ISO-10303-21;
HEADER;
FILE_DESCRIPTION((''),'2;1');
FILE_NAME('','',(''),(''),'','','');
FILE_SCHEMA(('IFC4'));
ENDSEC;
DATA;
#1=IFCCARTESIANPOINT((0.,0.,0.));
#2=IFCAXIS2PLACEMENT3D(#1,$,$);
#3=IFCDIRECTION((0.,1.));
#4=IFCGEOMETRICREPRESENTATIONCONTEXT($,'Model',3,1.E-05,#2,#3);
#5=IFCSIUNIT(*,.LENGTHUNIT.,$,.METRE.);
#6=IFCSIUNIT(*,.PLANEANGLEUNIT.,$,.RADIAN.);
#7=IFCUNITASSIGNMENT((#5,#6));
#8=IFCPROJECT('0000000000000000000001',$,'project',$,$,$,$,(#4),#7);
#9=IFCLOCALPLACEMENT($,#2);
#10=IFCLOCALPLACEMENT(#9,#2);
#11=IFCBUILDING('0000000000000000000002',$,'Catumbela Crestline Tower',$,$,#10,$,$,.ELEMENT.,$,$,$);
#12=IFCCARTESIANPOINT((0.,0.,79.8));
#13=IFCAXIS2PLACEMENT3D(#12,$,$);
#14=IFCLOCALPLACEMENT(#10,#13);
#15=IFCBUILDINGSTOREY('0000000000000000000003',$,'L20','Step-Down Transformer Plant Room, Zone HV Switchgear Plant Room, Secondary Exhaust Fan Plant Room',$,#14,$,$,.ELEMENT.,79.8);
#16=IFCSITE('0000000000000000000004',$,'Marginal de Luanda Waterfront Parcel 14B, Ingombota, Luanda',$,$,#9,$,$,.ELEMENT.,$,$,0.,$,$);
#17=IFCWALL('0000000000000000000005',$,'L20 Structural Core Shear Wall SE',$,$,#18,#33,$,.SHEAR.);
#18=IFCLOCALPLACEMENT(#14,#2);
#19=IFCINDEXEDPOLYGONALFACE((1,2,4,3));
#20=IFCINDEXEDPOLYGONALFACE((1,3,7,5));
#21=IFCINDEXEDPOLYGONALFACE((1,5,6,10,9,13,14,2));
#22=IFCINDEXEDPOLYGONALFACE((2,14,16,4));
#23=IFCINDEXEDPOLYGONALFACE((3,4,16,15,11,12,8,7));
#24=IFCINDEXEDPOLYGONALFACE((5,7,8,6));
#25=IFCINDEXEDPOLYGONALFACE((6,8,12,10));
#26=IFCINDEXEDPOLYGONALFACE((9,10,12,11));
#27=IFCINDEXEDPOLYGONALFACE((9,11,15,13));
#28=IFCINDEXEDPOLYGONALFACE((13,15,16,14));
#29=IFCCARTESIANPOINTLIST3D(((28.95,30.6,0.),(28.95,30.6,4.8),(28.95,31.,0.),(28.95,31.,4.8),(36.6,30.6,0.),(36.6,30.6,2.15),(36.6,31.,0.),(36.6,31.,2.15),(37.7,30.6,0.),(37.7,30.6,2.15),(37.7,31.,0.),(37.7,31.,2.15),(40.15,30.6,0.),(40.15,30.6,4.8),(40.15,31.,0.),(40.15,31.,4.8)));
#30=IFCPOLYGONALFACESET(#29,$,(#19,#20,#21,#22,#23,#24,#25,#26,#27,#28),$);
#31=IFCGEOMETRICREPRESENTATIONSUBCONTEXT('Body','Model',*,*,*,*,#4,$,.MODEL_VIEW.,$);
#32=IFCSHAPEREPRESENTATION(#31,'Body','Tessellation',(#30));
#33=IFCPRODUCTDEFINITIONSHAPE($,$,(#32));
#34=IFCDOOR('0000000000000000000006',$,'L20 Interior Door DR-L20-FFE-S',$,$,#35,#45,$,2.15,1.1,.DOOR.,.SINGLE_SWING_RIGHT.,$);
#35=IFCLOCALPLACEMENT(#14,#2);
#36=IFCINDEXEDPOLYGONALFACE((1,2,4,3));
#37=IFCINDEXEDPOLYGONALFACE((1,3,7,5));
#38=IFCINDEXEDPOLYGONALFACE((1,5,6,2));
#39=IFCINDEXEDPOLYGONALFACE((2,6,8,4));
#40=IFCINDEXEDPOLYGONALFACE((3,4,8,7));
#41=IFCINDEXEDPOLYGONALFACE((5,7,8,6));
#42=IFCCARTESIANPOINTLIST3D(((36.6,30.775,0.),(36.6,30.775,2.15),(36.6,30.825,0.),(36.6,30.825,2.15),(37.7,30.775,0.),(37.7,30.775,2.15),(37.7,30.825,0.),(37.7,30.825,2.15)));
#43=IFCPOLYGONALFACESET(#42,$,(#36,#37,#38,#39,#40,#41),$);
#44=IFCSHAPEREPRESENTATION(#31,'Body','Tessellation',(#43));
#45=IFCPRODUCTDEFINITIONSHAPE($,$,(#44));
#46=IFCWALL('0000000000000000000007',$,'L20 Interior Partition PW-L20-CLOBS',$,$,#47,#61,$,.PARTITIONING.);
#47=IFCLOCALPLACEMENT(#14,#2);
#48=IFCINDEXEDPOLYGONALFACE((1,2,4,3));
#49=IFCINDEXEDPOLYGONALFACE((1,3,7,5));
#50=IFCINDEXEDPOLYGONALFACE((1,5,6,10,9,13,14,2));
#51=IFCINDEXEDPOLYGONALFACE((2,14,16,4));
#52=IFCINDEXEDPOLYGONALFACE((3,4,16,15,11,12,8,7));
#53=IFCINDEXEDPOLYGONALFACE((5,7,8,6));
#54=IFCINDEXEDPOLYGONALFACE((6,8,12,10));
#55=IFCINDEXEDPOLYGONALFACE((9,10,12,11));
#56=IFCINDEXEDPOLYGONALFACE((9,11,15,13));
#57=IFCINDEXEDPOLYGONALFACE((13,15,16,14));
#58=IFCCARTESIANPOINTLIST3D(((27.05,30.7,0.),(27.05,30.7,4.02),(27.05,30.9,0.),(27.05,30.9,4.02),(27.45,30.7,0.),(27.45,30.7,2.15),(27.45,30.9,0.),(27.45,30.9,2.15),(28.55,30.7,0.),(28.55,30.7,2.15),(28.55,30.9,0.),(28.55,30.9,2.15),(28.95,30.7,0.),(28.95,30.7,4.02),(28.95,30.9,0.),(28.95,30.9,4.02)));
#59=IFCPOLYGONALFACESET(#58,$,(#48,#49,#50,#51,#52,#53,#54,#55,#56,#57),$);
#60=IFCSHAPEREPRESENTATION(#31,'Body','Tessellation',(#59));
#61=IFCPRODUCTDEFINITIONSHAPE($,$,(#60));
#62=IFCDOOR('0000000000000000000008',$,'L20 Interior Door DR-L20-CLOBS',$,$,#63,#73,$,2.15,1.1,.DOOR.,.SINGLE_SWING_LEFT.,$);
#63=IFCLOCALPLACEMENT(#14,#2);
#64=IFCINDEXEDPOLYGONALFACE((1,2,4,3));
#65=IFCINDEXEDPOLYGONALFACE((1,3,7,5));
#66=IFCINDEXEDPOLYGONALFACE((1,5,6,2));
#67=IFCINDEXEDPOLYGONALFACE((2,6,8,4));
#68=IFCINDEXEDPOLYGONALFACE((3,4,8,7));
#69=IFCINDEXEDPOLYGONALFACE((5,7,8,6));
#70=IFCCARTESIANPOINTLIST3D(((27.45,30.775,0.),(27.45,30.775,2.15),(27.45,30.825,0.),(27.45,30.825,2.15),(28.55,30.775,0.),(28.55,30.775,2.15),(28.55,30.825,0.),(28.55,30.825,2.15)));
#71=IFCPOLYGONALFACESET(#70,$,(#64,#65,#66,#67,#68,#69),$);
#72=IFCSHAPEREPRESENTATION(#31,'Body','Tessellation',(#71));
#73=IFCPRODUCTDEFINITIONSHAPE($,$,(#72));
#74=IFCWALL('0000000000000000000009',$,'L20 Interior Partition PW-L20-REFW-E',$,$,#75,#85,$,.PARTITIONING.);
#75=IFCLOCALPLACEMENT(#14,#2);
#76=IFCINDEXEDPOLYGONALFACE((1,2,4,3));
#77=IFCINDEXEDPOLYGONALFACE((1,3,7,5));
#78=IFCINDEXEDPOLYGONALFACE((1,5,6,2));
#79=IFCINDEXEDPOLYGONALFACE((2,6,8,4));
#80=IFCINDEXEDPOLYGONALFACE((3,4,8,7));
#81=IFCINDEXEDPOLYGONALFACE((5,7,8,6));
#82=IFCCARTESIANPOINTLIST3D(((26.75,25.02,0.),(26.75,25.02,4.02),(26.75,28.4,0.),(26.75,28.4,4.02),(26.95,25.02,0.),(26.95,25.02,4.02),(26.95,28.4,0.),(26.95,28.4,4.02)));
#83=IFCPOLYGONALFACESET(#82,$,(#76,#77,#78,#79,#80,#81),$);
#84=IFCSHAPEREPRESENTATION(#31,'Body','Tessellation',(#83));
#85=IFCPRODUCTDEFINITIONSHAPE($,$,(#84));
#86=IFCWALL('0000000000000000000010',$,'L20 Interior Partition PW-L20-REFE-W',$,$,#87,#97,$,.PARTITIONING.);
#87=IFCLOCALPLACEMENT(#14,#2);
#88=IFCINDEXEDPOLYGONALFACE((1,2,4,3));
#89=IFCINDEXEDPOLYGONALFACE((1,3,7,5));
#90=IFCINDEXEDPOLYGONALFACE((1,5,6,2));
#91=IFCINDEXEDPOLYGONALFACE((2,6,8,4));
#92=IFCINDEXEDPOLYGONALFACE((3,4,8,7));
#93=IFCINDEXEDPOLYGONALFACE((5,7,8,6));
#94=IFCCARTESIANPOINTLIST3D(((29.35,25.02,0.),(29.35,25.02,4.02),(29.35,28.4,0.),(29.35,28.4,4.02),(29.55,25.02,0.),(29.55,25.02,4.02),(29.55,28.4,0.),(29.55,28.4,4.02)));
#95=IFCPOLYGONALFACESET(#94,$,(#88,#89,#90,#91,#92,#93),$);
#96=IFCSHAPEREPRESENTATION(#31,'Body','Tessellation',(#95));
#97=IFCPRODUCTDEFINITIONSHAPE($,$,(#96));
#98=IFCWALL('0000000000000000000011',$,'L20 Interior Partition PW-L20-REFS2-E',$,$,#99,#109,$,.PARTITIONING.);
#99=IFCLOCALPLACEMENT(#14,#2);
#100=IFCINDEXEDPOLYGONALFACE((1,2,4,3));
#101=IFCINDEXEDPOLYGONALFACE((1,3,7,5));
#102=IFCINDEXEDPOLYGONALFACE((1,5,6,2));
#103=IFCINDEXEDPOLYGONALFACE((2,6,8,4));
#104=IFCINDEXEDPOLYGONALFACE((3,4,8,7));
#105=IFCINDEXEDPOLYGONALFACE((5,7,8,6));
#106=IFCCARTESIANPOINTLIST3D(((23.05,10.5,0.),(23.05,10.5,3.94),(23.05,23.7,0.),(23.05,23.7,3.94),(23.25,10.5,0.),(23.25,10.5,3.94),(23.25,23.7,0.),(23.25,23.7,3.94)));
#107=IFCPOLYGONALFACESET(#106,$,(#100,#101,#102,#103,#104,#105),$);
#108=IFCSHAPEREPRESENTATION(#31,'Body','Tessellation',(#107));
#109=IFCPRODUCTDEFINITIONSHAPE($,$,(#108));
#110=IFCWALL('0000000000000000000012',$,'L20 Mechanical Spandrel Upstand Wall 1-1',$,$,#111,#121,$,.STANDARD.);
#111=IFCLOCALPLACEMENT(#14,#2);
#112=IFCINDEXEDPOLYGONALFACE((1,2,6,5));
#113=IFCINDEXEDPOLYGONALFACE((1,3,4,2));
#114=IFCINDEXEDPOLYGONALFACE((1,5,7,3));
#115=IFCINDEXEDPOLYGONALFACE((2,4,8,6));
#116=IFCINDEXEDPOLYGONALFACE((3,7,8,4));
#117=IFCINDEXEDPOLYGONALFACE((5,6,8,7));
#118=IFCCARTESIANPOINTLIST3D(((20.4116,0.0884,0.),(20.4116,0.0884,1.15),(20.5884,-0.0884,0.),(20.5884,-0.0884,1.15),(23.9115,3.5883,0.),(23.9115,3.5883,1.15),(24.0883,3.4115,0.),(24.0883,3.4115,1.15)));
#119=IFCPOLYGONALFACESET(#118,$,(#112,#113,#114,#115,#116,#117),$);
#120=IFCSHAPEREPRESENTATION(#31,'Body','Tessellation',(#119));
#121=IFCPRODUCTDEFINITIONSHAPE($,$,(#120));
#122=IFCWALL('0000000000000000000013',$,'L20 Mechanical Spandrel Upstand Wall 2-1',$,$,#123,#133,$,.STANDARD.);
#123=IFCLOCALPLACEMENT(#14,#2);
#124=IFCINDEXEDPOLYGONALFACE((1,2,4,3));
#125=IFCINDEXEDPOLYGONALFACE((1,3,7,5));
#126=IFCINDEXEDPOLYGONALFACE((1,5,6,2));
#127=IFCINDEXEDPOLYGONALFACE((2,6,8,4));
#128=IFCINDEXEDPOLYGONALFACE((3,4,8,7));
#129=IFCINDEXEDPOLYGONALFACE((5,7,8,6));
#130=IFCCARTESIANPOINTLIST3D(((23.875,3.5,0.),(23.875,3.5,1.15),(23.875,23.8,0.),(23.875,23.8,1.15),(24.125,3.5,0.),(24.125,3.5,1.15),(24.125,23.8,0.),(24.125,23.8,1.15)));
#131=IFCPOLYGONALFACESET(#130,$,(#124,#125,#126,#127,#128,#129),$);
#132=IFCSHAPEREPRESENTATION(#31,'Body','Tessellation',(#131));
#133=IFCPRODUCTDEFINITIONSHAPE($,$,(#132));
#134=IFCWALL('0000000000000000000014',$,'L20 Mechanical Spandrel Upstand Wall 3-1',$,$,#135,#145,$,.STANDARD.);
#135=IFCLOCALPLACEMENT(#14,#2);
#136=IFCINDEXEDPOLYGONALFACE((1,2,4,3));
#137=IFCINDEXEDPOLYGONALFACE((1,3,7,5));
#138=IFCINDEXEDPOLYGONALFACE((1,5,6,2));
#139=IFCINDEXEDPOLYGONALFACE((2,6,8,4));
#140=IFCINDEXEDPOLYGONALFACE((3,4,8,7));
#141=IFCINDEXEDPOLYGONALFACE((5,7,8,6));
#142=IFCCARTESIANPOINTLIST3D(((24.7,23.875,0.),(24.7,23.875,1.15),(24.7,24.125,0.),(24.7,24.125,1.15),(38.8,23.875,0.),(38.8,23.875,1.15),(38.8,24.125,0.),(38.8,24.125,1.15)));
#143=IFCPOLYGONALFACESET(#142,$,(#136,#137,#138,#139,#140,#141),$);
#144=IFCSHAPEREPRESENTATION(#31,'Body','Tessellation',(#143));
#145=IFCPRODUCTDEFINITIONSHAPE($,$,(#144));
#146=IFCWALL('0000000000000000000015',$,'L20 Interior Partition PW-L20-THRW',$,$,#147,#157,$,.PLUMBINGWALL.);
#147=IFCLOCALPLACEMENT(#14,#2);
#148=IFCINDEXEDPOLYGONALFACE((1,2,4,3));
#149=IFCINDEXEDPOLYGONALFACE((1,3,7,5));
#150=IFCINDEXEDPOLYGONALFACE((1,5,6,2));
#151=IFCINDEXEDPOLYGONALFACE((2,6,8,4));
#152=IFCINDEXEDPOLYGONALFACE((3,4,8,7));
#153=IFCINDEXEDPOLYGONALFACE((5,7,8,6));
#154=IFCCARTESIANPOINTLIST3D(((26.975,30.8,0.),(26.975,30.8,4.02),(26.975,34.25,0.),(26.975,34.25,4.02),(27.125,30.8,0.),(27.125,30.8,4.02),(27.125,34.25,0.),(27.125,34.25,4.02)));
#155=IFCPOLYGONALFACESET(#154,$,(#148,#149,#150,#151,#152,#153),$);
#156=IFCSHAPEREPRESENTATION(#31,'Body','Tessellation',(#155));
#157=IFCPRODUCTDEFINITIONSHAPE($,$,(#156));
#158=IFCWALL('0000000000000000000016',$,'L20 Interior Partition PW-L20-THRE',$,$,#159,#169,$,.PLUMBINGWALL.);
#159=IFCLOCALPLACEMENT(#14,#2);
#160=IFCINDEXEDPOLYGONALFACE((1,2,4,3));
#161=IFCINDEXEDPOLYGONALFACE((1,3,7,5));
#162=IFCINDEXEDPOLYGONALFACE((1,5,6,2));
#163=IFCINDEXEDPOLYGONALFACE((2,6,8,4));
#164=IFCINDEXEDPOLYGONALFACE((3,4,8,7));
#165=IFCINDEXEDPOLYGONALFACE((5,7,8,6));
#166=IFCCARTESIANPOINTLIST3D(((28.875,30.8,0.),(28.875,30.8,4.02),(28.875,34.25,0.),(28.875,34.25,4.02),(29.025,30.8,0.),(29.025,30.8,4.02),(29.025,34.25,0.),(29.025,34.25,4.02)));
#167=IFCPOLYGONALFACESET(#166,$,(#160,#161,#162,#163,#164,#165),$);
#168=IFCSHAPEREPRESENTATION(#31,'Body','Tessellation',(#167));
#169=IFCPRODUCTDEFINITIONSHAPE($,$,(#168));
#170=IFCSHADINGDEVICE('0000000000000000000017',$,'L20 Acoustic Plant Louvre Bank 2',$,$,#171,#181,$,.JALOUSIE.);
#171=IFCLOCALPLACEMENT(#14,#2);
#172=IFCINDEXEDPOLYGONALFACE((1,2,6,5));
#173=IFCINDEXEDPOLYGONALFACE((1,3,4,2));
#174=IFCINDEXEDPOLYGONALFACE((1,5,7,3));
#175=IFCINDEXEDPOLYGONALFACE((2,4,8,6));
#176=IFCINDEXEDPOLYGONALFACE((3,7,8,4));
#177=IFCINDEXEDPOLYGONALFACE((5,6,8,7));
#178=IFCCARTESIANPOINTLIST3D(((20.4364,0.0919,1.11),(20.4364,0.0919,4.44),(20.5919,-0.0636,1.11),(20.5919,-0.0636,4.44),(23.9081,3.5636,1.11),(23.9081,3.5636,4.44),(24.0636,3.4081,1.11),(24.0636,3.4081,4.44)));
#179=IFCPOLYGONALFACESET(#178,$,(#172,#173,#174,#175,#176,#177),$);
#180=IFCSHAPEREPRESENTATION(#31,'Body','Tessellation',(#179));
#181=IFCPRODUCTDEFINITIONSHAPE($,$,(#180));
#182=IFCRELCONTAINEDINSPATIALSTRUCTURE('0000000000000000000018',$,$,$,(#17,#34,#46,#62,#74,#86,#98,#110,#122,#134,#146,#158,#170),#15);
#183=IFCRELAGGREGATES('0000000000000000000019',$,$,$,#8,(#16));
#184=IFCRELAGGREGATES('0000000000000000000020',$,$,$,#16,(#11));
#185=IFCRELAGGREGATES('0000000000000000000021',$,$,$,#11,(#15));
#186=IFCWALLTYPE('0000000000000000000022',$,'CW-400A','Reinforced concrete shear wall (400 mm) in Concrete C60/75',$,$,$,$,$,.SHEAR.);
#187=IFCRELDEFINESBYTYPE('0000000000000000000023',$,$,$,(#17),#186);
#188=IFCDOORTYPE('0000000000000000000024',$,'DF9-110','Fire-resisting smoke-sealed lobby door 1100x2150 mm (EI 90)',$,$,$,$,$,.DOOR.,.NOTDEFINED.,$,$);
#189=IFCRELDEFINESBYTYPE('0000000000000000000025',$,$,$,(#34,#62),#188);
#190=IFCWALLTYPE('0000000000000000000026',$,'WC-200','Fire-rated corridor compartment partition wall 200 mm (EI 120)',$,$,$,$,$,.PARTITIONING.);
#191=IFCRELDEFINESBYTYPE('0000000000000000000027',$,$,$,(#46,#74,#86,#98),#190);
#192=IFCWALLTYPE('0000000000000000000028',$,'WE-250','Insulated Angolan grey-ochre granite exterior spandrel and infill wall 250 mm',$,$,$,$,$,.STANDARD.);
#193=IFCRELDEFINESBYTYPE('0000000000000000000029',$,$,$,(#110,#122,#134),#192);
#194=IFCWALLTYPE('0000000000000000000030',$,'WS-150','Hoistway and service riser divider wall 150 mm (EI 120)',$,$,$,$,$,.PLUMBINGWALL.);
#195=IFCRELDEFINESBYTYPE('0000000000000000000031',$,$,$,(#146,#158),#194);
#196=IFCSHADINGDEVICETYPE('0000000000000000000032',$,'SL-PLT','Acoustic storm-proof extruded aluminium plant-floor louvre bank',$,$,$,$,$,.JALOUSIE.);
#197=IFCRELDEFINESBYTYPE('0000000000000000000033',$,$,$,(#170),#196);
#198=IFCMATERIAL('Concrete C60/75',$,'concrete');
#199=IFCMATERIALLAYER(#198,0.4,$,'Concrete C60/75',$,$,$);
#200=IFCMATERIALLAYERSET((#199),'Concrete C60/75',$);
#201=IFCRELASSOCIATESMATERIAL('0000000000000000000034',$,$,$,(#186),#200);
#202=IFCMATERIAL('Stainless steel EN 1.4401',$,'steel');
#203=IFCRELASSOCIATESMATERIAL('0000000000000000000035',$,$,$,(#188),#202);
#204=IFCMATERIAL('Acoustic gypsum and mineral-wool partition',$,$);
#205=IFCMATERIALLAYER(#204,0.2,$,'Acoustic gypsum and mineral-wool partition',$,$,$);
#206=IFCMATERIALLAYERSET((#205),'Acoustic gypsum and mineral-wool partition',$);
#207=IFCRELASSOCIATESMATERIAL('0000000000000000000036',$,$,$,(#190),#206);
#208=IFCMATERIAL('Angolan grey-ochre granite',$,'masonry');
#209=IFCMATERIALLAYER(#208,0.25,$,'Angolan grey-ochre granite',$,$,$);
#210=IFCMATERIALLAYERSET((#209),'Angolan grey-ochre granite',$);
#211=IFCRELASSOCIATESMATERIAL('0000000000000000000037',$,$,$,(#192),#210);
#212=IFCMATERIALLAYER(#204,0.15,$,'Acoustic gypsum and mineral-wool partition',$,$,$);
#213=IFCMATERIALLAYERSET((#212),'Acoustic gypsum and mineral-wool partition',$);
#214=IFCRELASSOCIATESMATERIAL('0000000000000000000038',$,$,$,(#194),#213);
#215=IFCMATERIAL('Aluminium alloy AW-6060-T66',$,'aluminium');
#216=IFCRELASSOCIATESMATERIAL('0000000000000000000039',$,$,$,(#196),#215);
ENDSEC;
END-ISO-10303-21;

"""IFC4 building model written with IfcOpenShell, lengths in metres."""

from ifc_helpers import new_model, si_unit, direction, frame, frame_2d, origin, origin_2d, place, context, subcontext, project, spatial, rectangle, extrude, material, layer, layer_set, type_object, element, fill, save


model = new_model("IFC4")

# Units and contexts
model_context = context("Model", 3, precision=1e-05, world=origin(), true_north=direction((0.0, 1.0)))
body_context = subcontext(model_context, "Body", "Model", "MODEL_VIEW")
ifc_project = project(units=[si_unit("LENGTHUNIT", "METRE"), si_unit("PLANEANGLEUNIT", "RADIAN")], contexts=[model_context])

# Site, building, storey
site_placement = place(None, origin())
site = spatial("IfcSite", under=ifc_project, at=site_placement, Name="Marginal de Luanda Waterfront Parcel 14B, Ingombota, Luanda", CompositionType="ELEMENT", RefElevation=0.0)
building_placement = place(site_placement, origin())
building = spatial("IfcBuilding", under=site, at=building_placement, Name="Catumbela Crestline Tower", CompositionType="ELEMENT")
storey_placement = place(building_placement, frame((0.0, 0.0, 79.8)))
storey = spatial("IfcBuildingStorey", under=building, at=storey_placement, Name="L20", Description="Step-Down Transformer Plant Room, Zone HV Switchgear Plant Room, Secondary Exhaust Fan Plant Room", CompositionType="ELEMENT", Elevation=79.8)

# Shared definitions
ifc_material_1 = material(Name="Concrete C60/75", Category="concrete")

# Walls, openings, doors
ifc_layer_1 = layer(ifc_material_1, 0.4, Name="Concrete C60/75")
ifc_layer_set_1 = layer_set([ifc_layer_1], Name="Concrete C60/75")
wall_type_1 = type_object("IfcWallType", Name="CW-400A", Description="Reinforced concrete shear wall (400 mm) in Concrete C60/75", PredefinedType="SHEAR", material=ifc_layer_set_1)
wall_1_placement = place(storey_placement, frame((28.95, 30.8, 0.0), z_axis=(0.0, 0.0, 1.0), x_axis=(1.0, 0.0, 0.0)))
wall_1 = element("IfcWall", 1, at=wall_1_placement, inside=storey, type_object=wall_type_1, Name="L20 Structural Core Shear Wall SE", PredefinedType="SHEAR", context=body_context, shape_type="SweptSolid", body=[
    extrude(rectangle(XDim=11.2, YDim=0.4, at=frame_2d((5.6, 0.0))), origin(), (0.0, 0.0, 1.0), 4.8),
])
opening_1_placement = place(wall_1_placement, frame((7.65, 0.0, 0.0)))
opening_1 = element("IfcOpeningElement", 2, at=opening_1_placement, cuts=wall_1, PredefinedType="OPENING", context=body_context, shape_type="SweptSolid", body=[
    extrude(rectangle(XDim=1.1, YDim=2.15, at=frame_2d((0.55, 1.075))), frame((0.0, 0.21, 0.0), z_axis=(0.0, -1.0, 0.0), x_axis=(1.0, 0.0, 0.0)), (0.0, 0.0, 1.0), 0.42),
])
ifc_material_2 = material(Name="Stainless steel EN 1.4401", Category="steel")
door_type = type_object("IfcDoorType", Name="DF9-110", Description="Fire-resisting smoke-sealed lobby door 1100x2150 mm (EI 90)", OperationType="NOTDEFINED", PredefinedType="DOOR", material=ifc_material_2)
door_1_placement = place(opening_1_placement, origin())
door_1 = element("IfcDoor", 3, at=door_1_placement, inside=storey, type_object=door_type, Name="L20 Interior Door DR-L20-FFE-S", OperationType="SINGLE_SWING_RIGHT", OverallHeight=2.15, OverallWidth=1.1, PredefinedType="DOOR", context=body_context, shape_type="SweptSolid", body=[
    extrude(rectangle(XDim=1.1, YDim=2.15, at=frame_2d((0.55, 1.075))), frame((0.0, 0.025, 0.0), z_axis=(0.0, -1.0, 0.0), x_axis=(1.0, 0.0, 0.0)), (0.0, 0.0, 1.0), 0.05),
])
fill(opening_1, door_1)
ifc_material_3 = material(Name="Acoustic gypsum and mineral-wool partition")
ifc_layer_2 = layer(ifc_material_3, 0.2, Name="Acoustic gypsum and mineral-wool partition")
ifc_layer_set_2 = layer_set([ifc_layer_2], Name="Acoustic gypsum and mineral-wool partition")
wall_type_2 = type_object("IfcWallType", Name="WC-200", Description="Fire-rated corridor compartment partition wall 200 mm (EI 120)", PredefinedType="PARTITIONING", material=ifc_layer_set_2)
wall_2_placement = place(storey_placement, frame((27.05, 30.8, 0.0), z_axis=(0.0, 0.0, 1.0), x_axis=(1.0, 0.0, 0.0)))
wall_2 = element("IfcWall", 4, at=wall_2_placement, inside=storey, type_object=wall_type_2, Name="L20 Interior Partition PW-L20-CLOBS", PredefinedType="PARTITIONING", context=body_context, shape_type="SweptSolid", body=[
    extrude(rectangle(XDim=1.9, YDim=0.2, at=frame_2d((0.95, 0.0))), origin(), (0.0, 0.0, 1.0), 4.02),
])
opening_2_placement = place(wall_2_placement, frame((0.4, 0.0, 0.0)))
opening_2 = element("IfcOpeningElement", 5, at=opening_2_placement, cuts=wall_2, PredefinedType="OPENING", context=body_context, shape_type="SweptSolid", body=[
    extrude(rectangle(XDim=1.1, YDim=2.15, at=frame_2d((0.55, 1.075))), frame((0.0, 0.11, 0.0), z_axis=(0.0, -1.0, 0.0), x_axis=(1.0, 0.0, 0.0)), (0.0, 0.0, 1.0), 0.22),
])
door_2_placement = place(opening_2_placement, origin())
door_2 = element("IfcDoor", 6, at=door_2_placement, inside=storey, type_object=door_type, Name="L20 Interior Door DR-L20-CLOBS", OperationType="SINGLE_SWING_LEFT", OverallHeight=2.15, OverallWidth=1.1, PredefinedType="DOOR", context=body_context, shape_type="SweptSolid", body=[
    extrude(rectangle(XDim=1.1, YDim=2.15, at=frame_2d((0.55, 1.075))), frame((0.0, 0.025, 0.0), z_axis=(0.0, -1.0, 0.0), x_axis=(1.0, 0.0, 0.0)), (0.0, 0.0, 1.0), 0.05),
])
fill(opening_2, door_2)

# Walls
for number, where, z_axis, x_axis, name in (
    (7, (26.85, 25.02, 0.0), (0.0, 0.0, 1.0), (0.0, 1.0, 0.0), "L20 Interior Partition PW-L20-REFW-E"),
    (8, (29.45, 25.02, 0.0), (0.0, 0.0, 1.0), (0.0, 1.0, 0.0), "L20 Interior Partition PW-L20-REFE-W"),
):
    element("IfcWall", number, at=place(storey_placement, frame(where, z_axis=z_axis, x_axis=x_axis)), inside=storey, type_object=wall_type_2, Name=name, PredefinedType="PARTITIONING", context=body_context, shape_type="SweptSolid", body=[
        extrude(rectangle(XDim=3.38, YDim=0.2, at=frame_2d((1.69, 0.0))), origin(), (0.0, 0.0, 1.0), 4.02),
    ])
wall_3_placement = place(storey_placement, frame((23.15, 10.5, 0.0), z_axis=(0.0, 0.0, 1.0), x_axis=(0.0, 1.0, 0.0)))
element("IfcWall", 9, at=wall_3_placement, inside=storey, type_object=wall_type_2, Name="L20 Interior Partition PW-L20-REFS2-E", PredefinedType="PARTITIONING", context=body_context, shape_type="SweptSolid", body=[
    extrude(rectangle(XDim=13.2, YDim=0.2, at=frame_2d((6.6, 0.0))), origin(), (0.0, 0.0, 1.0), 3.94),
])
ifc_material_4 = material(Name="Angolan grey-ochre granite", Category="masonry")
ifc_layer_3 = layer(ifc_material_4, 0.25, Name="Angolan grey-ochre granite")
ifc_layer_set_3 = layer_set([ifc_layer_3], Name="Angolan grey-ochre granite")
wall_type_3 = type_object("IfcWallType", Name="WE-250", Description="Insulated Angolan grey-ochre granite exterior spandrel and infill wall 250 mm", PredefinedType="STANDARD", material=ifc_layer_set_3)
wall_4_placement = place(storey_placement, frame((20.5, 0.0, 0.0), z_axis=(0.0, 0.0, 1.0), x_axis=(0.707107, 0.707107, 0.0)))
element("IfcWall", 10, at=wall_4_placement, inside=storey, type_object=wall_type_3, Name="L20 Mechanical Spandrel Upstand Wall 1-1", PredefinedType="STANDARD", context=body_context, shape_type="SweptSolid", body=[
    extrude(rectangle(XDim=4.9497, YDim=0.25, at=frame_2d((2.4748, 0.0))), origin(), (0.0, 0.0, 1.0), 1.15),
])
wall_5_placement = place(storey_placement, frame((24.0, 3.5, 0.0), z_axis=(0.0, 0.0, 1.0), x_axis=(0.0, 1.0, 0.0)))
element("IfcWall", 11, at=wall_5_placement, inside=storey, type_object=wall_type_3, Name="L20 Mechanical Spandrel Upstand Wall 2-1", PredefinedType="STANDARD", context=body_context, shape_type="SweptSolid", body=[
    extrude(rectangle(XDim=20.3, YDim=0.25, at=frame_2d((10.15, 0.0))), origin(), (0.0, 0.0, 1.0), 1.15),
])
wall_6_placement = place(storey_placement, frame((24.7, 24.0, 0.0), z_axis=(0.0, 0.0, 1.0), x_axis=(1.0, 0.0, 0.0)))
element("IfcWall", 12, at=wall_6_placement, inside=storey, type_object=wall_type_3, Name="L20 Mechanical Spandrel Upstand Wall 3-1", PredefinedType="STANDARD", context=body_context, shape_type="SweptSolid", body=[
    extrude(rectangle(XDim=14.1, YDim=0.25, at=frame_2d((7.05, 0.0))), origin(), (0.0, 0.0, 1.0), 1.15),
])
ifc_layer_4 = layer(ifc_material_3, 0.15, Name="Acoustic gypsum and mineral-wool partition")
ifc_layer_set_4 = layer_set([ifc_layer_4], Name="Acoustic gypsum and mineral-wool partition")
wall_type_4 = type_object("IfcWallType", Name="WS-150", Description="Hoistway and service riser divider wall 150 mm (EI 120)", PredefinedType="PLUMBINGWALL", material=ifc_layer_set_4)
for number, where, z_axis, x_axis, name in (
    (13, (27.05, 30.8, 0.0), (0.0, 0.0, 1.0), (0.0, 1.0, 0.0), "L20 Interior Partition PW-L20-THRW"),
    (14, (28.95, 30.8, 0.0), (0.0, 0.0, 1.0), (0.0, 1.0, 0.0), "L20 Interior Partition PW-L20-THRE"),
):
    element("IfcWall", number, at=place(storey_placement, frame(where, z_axis=z_axis, x_axis=x_axis)), inside=storey, type_object=wall_type_4, Name=name, PredefinedType="PLUMBINGWALL", context=body_context, shape_type="SweptSolid", body=[
        extrude(rectangle(XDim=3.45, YDim=0.15, at=frame_2d((1.725, 0.0))), origin(), (0.0, 0.0, 1.0), 4.02),
    ])

# Shading device
ifc_material_5 = material(Name="Aluminium alloy AW-6060-T66", Category="aluminium")
shading_device_type = type_object("IfcShadingDeviceType", Name="SL-PLT", Description="Acoustic storm-proof extruded aluminium plant-floor louvre bank", PredefinedType="JALOUSIE", material=ifc_material_5)
shading_device_1_placement = place(storey_placement, frame((22.25, 1.75, 1.11), z_axis=(0.0, 0.0, 1.0), x_axis=(0.707107, 0.707107, 0.0)))
element("IfcShadingDevice", 15, at=shading_device_1_placement, inside=storey, type_object=shading_device_type, Name="L20 Acoustic Plant Louvre Bank 2", PredefinedType="JALOUSIE", context=body_context, shape_type="SweptSolid", body=[
    extrude(rectangle(XDim=4.9097, YDim=0.22, at=origin_2d()), origin(), (0.0, 0.0, 1.0), 3.33),
])

save(model, "model.ifc")
